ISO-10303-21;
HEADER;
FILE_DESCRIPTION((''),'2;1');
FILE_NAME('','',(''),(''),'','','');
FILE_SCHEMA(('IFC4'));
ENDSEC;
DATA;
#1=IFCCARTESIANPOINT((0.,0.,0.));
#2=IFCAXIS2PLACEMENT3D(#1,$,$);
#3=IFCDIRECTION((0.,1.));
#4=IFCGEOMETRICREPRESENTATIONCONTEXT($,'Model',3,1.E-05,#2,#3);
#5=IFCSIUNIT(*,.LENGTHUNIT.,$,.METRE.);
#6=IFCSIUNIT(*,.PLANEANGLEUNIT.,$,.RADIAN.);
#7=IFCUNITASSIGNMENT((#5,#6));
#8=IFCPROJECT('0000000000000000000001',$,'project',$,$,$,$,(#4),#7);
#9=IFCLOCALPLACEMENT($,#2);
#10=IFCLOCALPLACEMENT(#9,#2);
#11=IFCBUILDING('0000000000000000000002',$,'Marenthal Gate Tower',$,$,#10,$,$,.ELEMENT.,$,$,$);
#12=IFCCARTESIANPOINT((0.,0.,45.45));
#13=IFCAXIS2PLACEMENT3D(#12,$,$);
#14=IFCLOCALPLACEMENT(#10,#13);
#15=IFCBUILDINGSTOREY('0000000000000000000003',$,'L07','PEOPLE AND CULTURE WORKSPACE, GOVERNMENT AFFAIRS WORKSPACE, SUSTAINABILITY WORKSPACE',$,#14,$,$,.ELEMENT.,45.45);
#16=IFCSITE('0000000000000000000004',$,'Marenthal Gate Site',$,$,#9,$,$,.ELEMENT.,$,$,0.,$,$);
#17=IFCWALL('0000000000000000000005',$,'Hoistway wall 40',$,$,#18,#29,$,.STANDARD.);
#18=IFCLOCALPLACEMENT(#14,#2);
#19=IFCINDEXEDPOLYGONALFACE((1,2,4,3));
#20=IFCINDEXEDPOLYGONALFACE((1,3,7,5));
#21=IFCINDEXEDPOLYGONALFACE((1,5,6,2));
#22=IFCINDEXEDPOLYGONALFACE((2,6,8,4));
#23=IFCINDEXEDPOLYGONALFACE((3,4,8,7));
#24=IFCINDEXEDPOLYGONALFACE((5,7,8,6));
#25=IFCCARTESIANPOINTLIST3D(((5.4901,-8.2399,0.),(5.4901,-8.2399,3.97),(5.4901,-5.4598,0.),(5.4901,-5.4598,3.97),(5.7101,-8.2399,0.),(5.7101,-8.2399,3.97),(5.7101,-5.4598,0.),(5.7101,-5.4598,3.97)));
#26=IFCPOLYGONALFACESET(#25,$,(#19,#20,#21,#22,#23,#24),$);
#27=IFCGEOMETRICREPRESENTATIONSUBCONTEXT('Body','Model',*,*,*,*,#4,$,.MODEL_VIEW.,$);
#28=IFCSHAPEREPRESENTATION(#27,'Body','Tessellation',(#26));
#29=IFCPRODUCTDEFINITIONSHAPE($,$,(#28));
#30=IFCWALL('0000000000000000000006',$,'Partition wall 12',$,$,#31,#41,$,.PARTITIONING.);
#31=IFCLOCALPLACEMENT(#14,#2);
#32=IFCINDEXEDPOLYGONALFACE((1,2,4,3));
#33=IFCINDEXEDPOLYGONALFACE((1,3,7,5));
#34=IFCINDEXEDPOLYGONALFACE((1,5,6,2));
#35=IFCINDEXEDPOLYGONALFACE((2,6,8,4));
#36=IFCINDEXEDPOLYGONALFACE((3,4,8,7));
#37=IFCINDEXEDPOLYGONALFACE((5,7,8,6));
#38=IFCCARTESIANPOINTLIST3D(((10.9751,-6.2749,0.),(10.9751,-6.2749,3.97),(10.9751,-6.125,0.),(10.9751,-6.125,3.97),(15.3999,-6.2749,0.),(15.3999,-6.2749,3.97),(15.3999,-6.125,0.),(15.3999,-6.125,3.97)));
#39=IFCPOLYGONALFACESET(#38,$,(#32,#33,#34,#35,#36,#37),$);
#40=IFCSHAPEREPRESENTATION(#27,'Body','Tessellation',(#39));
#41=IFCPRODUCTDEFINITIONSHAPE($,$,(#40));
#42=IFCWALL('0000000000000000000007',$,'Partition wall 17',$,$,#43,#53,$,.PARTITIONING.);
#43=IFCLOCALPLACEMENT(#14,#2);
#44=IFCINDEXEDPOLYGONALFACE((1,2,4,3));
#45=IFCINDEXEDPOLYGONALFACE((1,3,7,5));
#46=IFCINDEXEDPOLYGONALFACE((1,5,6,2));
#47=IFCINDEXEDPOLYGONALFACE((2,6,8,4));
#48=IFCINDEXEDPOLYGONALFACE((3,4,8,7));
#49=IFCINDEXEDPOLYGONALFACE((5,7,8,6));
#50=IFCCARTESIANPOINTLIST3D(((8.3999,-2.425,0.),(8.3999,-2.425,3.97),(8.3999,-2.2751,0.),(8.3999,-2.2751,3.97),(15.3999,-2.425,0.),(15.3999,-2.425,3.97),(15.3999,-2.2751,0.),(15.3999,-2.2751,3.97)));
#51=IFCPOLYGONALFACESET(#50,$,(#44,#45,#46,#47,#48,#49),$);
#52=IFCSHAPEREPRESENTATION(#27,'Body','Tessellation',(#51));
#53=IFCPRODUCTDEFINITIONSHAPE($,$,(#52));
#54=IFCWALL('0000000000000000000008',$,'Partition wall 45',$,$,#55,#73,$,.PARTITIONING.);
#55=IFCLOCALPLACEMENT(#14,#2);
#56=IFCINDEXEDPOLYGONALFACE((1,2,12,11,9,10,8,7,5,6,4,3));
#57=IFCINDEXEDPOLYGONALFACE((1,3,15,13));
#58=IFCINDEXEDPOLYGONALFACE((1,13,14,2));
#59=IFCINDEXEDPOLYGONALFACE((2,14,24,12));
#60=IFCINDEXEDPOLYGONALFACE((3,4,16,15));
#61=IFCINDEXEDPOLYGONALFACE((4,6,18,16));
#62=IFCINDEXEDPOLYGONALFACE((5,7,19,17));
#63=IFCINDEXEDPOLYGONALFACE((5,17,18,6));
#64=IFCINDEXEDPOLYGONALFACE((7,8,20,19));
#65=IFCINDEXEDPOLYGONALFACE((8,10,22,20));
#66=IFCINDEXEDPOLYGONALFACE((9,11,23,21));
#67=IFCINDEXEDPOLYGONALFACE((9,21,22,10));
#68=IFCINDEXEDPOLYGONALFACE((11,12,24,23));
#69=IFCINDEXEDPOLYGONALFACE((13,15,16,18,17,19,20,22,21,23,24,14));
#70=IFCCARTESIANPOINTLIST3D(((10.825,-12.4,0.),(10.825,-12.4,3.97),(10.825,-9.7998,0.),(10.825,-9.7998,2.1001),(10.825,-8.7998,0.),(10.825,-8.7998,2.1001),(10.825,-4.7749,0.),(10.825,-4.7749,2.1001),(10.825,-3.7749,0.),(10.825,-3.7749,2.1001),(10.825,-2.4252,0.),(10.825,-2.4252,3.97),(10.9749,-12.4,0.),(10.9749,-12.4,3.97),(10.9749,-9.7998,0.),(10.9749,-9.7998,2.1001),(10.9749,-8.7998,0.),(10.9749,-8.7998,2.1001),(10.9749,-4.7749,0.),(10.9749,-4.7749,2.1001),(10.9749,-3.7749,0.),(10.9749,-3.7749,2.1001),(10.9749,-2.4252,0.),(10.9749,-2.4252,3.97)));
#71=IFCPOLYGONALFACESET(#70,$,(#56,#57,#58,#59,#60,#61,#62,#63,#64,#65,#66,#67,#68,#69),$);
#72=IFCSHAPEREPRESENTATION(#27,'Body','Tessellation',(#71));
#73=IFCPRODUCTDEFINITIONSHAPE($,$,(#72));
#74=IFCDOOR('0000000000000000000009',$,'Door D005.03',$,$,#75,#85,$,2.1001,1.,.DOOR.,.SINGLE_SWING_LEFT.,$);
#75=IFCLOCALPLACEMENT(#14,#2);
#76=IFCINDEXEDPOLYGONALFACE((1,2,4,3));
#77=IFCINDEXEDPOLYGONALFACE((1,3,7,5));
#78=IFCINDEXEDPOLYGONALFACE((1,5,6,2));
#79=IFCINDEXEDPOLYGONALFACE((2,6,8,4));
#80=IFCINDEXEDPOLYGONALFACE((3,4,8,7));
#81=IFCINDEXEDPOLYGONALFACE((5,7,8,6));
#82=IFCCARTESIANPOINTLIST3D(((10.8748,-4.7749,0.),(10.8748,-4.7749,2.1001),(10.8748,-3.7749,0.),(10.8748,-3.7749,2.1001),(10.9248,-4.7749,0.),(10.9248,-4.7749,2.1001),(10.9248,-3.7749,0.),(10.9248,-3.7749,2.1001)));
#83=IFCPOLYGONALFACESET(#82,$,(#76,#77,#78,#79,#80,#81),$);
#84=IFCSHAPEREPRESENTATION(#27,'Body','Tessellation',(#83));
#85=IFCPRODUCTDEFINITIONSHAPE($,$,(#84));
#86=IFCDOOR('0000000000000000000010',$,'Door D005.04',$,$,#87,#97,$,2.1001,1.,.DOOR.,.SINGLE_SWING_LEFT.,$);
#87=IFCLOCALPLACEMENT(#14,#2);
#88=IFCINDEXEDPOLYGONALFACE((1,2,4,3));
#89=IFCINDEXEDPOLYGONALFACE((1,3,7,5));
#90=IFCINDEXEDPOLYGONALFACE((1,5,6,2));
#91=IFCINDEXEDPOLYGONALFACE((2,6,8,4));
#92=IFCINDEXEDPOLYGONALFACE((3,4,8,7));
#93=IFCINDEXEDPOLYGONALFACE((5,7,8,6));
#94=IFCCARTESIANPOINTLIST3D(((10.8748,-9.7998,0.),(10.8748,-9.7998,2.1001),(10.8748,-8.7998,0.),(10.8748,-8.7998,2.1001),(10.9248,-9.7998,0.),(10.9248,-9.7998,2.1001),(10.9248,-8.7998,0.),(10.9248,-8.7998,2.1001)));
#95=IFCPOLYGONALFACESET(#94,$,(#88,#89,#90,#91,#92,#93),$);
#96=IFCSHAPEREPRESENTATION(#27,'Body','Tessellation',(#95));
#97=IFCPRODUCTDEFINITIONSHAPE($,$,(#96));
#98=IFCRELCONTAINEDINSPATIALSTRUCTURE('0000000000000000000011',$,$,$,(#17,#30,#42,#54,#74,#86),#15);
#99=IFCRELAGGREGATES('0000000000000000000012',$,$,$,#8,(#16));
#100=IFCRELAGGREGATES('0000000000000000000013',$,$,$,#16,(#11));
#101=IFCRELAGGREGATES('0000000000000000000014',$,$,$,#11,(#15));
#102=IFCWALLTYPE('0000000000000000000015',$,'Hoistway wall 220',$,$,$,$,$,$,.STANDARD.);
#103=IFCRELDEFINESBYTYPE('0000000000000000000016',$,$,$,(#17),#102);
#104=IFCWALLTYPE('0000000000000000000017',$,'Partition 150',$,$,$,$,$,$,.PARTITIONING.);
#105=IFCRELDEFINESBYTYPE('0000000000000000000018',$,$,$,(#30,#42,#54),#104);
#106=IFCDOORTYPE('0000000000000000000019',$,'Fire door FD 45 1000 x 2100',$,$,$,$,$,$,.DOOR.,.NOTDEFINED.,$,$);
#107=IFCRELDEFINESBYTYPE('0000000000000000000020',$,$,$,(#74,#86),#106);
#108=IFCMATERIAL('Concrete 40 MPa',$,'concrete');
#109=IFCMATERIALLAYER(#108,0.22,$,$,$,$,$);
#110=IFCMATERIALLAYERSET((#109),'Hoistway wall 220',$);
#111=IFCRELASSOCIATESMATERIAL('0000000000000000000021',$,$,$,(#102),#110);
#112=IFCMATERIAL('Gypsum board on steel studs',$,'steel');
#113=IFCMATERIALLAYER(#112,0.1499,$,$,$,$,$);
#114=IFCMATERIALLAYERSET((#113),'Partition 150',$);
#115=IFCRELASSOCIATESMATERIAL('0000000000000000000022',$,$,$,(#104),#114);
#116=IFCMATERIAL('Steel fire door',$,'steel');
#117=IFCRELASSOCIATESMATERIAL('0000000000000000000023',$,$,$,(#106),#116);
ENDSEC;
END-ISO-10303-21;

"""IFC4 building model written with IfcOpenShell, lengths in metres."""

from ifc_helpers import new_model, si_unit, direction, frame, frame_2d, origin, place, context, subcontext, project, spatial, rectangle, extrude, material, layer, layer_set, type_object, element, fill, save


model = new_model("IFC4")

# Units and contexts
model_context = context("Model", 3, precision=1e-05, world=origin(), true_north=direction((0.0, 1.0)))
body_context = subcontext(model_context, "Body", "Model", "MODEL_VIEW")
ifc_project = project(units=[si_unit("LENGTHUNIT", "METRE"), si_unit("PLANEANGLEUNIT", "RADIAN")], contexts=[model_context])

# Site, building, storey
site_placement = place(None, origin())
site = spatial("IfcSite", under=ifc_project, at=site_placement, Name="Marenthal Gate Site", CompositionType="ELEMENT", RefElevation=0.0)
building_placement = place(site_placement, origin())
building = spatial("IfcBuilding", under=site, at=building_placement, Name="Marenthal Gate Tower", CompositionType="ELEMENT")
storey_placement = place(building_placement, frame((0.0, 0.0, 45.45)))
storey = spatial("IfcBuildingStorey", under=building, at=storey_placement, Name="L07", Description="PEOPLE AND CULTURE WORKSPACE, GOVERNMENT AFFAIRS WORKSPACE, SUSTAINABILITY WORKSPACE", CompositionType="ELEMENT", Elevation=45.45)

# Walls
ifc_material_1 = material(Name="Concrete 40 MPa", Category="concrete")
ifc_layer_1 = layer(ifc_material_1, 0.22)
ifc_layer_set_1 = layer_set([ifc_layer_1], Name="Hoistway wall 220")
wall_type_1 = type_object("IfcWallType", Name="Hoistway wall 220", PredefinedType="STANDARD", material=ifc_layer_set_1)
for number, where, z_axis, x_axis, name in (
    (1, (5.6001, -8.24, 0.0), (0.0, 0.0, 1.0), (0.0, 1.0, 0.0), "Hoistway wall 40"),
):
    element("IfcWall", number, at=place(storey_placement, frame(where, z_axis=z_axis, x_axis=x_axis)), inside=storey, type_object=wall_type_1, Name=name, PredefinedType="STANDARD", context=body_context, shape_type="SweptSolid", body=[
        extrude(rectangle(XDim=2.78, YDim=0.22, at=frame_2d((1.3901, 0.0))), origin(), (0.0, 0.0, 1.0), 3.97),
    ])
ifc_material_2 = material(Name="Gypsum board on steel studs", Category="steel")
ifc_layer_2 = layer(ifc_material_2, 0.1499)
ifc_layer_set_2 = layer_set([ifc_layer_2], Name="Partition 150")
wall_type_2 = type_object("IfcWallType", Name="Partition 150", PredefinedType="PARTITIONING", material=ifc_layer_set_2)
wall_1_placement = place(storey_placement, frame((10.9751, -6.2, 0.0), z_axis=(0.0, 0.0, 1.0), x_axis=(1.0, 0.0, 0.0)))
element("IfcWall", 2, at=wall_1_placement, inside=storey, type_object=wall_type_2, Name="Partition wall 12", PredefinedType="PARTITIONING", context=body_context, shape_type="SweptSolid", body=[
    extrude(rectangle(XDim=4.4248, YDim=0.1499, at=frame_2d((2.2124, 0.0))), origin(), (0.0, 0.0, 1.0), 3.97),
])
wall_2_placement = place(storey_placement, frame((8.3999, -2.3501, 0.0), z_axis=(0.0, 0.0, 1.0), x_axis=(1.0, 0.0, 0.0)))
element("IfcWall", 3, at=wall_2_placement, inside=storey, type_object=wall_type_2, Name="Partition wall 17", PredefinedType="PARTITIONING", context=body_context, shape_type="SweptSolid", body=[
    extrude(rectangle(XDim=7.0, YDim=0.1499, at=frame_2d((3.5, 0.0))), origin(), (0.0, 0.0, 1.0), 3.97),
])

# Wall, openings, doors
wall_3_placement = place(storey_placement, frame((10.8999, -12.3999, 0.0), z_axis=(0.0, 0.0, 1.0), x_axis=(0.0, 1.0, 0.0)))
wall_3 = element("IfcWall", 4, at=wall_3_placement, inside=storey, type_object=wall_type_2, Name="Partition wall 45", PredefinedType="PARTITIONING", context=body_context, shape_type="SweptSolid", body=[
    extrude(rectangle(XDim=9.9749, YDim=0.1499, at=frame_2d((4.9873, 0.0))), origin(), (0.0, 0.0, 1.0), 3.97),
])
opening_1_placement = place(wall_3_placement, frame((7.625, 0.0, 0.0)))
opening_1 = element("IfcOpeningElement", 5, at=opening_1_placement, cuts=wall_3, PredefinedType="OPENING", context=body_context, shape_type="SweptSolid", body=[
    extrude(rectangle(XDim=1.0, YDim=2.1001, at=frame_2d((0.5, 1.05))), frame((0.0, 0.085, 0.0), z_axis=(0.0, -1.0, 0.0), x_axis=(1.0, 0.0, 0.0)), (0.0, 0.0, 1.0), 0.1699),
])
opening_2_placement = place(wall_3_placement, frame((2.6001, 0.0, 0.0)))
opening_2 = element("IfcOpeningElement", 6, at=opening_2_placement, cuts=wall_3, PredefinedType="OPENING", context=body_context, shape_type="SweptSolid", body=[
    extrude(rectangle(XDim=1.0, YDim=2.1001, at=frame_2d((0.5, 1.05))), frame((0.0, 0.085, 0.0), z_axis=(0.0, -1.0, 0.0), x_axis=(1.0, 0.0, 0.0)), (0.0, 0.0, 1.0), 0.1699),
])
ifc_material_3 = material(Name="Steel fire door", Category="steel")
door_type_1 = type_object("IfcDoorType", Name="Fire door FD 45 1000 x 2100", OperationType="NOTDEFINED", PredefinedType="DOOR", material=ifc_material_3)
door_1_placement = place(opening_1_placement, frame((1.0, 0.0, 0.0), z_axis=(0.0, 0.0, 1.0), x_axis=(-1.0, 0.0, 0.0)))
door_1 = element("IfcDoor", 7, at=door_1_placement, inside=storey, type_object=door_type_1, Name="Door D005.03", OperationType="SINGLE_SWING_LEFT", OverallHeight=2.1001, OverallWidth=1.0, PredefinedType="DOOR", context=body_context, shape_type="SweptSolid", body=[
    extrude(rectangle(XDim=1.0, YDim=2.1001, at=frame_2d((0.5, 1.05))), frame((0.0, 0.0249, 0.0), z_axis=(0.0, -1.0, 0.0), x_axis=(1.0, 0.0, 0.0)), (0.0, 0.0, 1.0), 0.05),
])
fill(opening_1, door_1)
door_2_placement = place(opening_2_placement, frame((1.0, 0.0, 0.0), z_axis=(0.0, 0.0, 1.0), x_axis=(-1.0, 0.0, 0.0)))
door_2 = element("IfcDoor", 8, at=door_2_placement, inside=storey, type_object=door_type_1, Name="Door D005.04", OperationType="SINGLE_SWING_LEFT", OverallHeight=2.1001, OverallWidth=1.0, PredefinedType="DOOR", context=body_context, shape_type="SweptSolid", body=[
    extrude(rectangle(XDim=1.0, YDim=2.1001, at=frame_2d((0.5, 1.05))), frame((0.0, 0.0249, 0.0), z_axis=(0.0, -1.0, 0.0), x_axis=(1.0, 0.0, 0.0)), (0.0, 0.0, 1.0), 0.05),
])
fill(opening_2, door_2)

save(model, "model.ifc")
